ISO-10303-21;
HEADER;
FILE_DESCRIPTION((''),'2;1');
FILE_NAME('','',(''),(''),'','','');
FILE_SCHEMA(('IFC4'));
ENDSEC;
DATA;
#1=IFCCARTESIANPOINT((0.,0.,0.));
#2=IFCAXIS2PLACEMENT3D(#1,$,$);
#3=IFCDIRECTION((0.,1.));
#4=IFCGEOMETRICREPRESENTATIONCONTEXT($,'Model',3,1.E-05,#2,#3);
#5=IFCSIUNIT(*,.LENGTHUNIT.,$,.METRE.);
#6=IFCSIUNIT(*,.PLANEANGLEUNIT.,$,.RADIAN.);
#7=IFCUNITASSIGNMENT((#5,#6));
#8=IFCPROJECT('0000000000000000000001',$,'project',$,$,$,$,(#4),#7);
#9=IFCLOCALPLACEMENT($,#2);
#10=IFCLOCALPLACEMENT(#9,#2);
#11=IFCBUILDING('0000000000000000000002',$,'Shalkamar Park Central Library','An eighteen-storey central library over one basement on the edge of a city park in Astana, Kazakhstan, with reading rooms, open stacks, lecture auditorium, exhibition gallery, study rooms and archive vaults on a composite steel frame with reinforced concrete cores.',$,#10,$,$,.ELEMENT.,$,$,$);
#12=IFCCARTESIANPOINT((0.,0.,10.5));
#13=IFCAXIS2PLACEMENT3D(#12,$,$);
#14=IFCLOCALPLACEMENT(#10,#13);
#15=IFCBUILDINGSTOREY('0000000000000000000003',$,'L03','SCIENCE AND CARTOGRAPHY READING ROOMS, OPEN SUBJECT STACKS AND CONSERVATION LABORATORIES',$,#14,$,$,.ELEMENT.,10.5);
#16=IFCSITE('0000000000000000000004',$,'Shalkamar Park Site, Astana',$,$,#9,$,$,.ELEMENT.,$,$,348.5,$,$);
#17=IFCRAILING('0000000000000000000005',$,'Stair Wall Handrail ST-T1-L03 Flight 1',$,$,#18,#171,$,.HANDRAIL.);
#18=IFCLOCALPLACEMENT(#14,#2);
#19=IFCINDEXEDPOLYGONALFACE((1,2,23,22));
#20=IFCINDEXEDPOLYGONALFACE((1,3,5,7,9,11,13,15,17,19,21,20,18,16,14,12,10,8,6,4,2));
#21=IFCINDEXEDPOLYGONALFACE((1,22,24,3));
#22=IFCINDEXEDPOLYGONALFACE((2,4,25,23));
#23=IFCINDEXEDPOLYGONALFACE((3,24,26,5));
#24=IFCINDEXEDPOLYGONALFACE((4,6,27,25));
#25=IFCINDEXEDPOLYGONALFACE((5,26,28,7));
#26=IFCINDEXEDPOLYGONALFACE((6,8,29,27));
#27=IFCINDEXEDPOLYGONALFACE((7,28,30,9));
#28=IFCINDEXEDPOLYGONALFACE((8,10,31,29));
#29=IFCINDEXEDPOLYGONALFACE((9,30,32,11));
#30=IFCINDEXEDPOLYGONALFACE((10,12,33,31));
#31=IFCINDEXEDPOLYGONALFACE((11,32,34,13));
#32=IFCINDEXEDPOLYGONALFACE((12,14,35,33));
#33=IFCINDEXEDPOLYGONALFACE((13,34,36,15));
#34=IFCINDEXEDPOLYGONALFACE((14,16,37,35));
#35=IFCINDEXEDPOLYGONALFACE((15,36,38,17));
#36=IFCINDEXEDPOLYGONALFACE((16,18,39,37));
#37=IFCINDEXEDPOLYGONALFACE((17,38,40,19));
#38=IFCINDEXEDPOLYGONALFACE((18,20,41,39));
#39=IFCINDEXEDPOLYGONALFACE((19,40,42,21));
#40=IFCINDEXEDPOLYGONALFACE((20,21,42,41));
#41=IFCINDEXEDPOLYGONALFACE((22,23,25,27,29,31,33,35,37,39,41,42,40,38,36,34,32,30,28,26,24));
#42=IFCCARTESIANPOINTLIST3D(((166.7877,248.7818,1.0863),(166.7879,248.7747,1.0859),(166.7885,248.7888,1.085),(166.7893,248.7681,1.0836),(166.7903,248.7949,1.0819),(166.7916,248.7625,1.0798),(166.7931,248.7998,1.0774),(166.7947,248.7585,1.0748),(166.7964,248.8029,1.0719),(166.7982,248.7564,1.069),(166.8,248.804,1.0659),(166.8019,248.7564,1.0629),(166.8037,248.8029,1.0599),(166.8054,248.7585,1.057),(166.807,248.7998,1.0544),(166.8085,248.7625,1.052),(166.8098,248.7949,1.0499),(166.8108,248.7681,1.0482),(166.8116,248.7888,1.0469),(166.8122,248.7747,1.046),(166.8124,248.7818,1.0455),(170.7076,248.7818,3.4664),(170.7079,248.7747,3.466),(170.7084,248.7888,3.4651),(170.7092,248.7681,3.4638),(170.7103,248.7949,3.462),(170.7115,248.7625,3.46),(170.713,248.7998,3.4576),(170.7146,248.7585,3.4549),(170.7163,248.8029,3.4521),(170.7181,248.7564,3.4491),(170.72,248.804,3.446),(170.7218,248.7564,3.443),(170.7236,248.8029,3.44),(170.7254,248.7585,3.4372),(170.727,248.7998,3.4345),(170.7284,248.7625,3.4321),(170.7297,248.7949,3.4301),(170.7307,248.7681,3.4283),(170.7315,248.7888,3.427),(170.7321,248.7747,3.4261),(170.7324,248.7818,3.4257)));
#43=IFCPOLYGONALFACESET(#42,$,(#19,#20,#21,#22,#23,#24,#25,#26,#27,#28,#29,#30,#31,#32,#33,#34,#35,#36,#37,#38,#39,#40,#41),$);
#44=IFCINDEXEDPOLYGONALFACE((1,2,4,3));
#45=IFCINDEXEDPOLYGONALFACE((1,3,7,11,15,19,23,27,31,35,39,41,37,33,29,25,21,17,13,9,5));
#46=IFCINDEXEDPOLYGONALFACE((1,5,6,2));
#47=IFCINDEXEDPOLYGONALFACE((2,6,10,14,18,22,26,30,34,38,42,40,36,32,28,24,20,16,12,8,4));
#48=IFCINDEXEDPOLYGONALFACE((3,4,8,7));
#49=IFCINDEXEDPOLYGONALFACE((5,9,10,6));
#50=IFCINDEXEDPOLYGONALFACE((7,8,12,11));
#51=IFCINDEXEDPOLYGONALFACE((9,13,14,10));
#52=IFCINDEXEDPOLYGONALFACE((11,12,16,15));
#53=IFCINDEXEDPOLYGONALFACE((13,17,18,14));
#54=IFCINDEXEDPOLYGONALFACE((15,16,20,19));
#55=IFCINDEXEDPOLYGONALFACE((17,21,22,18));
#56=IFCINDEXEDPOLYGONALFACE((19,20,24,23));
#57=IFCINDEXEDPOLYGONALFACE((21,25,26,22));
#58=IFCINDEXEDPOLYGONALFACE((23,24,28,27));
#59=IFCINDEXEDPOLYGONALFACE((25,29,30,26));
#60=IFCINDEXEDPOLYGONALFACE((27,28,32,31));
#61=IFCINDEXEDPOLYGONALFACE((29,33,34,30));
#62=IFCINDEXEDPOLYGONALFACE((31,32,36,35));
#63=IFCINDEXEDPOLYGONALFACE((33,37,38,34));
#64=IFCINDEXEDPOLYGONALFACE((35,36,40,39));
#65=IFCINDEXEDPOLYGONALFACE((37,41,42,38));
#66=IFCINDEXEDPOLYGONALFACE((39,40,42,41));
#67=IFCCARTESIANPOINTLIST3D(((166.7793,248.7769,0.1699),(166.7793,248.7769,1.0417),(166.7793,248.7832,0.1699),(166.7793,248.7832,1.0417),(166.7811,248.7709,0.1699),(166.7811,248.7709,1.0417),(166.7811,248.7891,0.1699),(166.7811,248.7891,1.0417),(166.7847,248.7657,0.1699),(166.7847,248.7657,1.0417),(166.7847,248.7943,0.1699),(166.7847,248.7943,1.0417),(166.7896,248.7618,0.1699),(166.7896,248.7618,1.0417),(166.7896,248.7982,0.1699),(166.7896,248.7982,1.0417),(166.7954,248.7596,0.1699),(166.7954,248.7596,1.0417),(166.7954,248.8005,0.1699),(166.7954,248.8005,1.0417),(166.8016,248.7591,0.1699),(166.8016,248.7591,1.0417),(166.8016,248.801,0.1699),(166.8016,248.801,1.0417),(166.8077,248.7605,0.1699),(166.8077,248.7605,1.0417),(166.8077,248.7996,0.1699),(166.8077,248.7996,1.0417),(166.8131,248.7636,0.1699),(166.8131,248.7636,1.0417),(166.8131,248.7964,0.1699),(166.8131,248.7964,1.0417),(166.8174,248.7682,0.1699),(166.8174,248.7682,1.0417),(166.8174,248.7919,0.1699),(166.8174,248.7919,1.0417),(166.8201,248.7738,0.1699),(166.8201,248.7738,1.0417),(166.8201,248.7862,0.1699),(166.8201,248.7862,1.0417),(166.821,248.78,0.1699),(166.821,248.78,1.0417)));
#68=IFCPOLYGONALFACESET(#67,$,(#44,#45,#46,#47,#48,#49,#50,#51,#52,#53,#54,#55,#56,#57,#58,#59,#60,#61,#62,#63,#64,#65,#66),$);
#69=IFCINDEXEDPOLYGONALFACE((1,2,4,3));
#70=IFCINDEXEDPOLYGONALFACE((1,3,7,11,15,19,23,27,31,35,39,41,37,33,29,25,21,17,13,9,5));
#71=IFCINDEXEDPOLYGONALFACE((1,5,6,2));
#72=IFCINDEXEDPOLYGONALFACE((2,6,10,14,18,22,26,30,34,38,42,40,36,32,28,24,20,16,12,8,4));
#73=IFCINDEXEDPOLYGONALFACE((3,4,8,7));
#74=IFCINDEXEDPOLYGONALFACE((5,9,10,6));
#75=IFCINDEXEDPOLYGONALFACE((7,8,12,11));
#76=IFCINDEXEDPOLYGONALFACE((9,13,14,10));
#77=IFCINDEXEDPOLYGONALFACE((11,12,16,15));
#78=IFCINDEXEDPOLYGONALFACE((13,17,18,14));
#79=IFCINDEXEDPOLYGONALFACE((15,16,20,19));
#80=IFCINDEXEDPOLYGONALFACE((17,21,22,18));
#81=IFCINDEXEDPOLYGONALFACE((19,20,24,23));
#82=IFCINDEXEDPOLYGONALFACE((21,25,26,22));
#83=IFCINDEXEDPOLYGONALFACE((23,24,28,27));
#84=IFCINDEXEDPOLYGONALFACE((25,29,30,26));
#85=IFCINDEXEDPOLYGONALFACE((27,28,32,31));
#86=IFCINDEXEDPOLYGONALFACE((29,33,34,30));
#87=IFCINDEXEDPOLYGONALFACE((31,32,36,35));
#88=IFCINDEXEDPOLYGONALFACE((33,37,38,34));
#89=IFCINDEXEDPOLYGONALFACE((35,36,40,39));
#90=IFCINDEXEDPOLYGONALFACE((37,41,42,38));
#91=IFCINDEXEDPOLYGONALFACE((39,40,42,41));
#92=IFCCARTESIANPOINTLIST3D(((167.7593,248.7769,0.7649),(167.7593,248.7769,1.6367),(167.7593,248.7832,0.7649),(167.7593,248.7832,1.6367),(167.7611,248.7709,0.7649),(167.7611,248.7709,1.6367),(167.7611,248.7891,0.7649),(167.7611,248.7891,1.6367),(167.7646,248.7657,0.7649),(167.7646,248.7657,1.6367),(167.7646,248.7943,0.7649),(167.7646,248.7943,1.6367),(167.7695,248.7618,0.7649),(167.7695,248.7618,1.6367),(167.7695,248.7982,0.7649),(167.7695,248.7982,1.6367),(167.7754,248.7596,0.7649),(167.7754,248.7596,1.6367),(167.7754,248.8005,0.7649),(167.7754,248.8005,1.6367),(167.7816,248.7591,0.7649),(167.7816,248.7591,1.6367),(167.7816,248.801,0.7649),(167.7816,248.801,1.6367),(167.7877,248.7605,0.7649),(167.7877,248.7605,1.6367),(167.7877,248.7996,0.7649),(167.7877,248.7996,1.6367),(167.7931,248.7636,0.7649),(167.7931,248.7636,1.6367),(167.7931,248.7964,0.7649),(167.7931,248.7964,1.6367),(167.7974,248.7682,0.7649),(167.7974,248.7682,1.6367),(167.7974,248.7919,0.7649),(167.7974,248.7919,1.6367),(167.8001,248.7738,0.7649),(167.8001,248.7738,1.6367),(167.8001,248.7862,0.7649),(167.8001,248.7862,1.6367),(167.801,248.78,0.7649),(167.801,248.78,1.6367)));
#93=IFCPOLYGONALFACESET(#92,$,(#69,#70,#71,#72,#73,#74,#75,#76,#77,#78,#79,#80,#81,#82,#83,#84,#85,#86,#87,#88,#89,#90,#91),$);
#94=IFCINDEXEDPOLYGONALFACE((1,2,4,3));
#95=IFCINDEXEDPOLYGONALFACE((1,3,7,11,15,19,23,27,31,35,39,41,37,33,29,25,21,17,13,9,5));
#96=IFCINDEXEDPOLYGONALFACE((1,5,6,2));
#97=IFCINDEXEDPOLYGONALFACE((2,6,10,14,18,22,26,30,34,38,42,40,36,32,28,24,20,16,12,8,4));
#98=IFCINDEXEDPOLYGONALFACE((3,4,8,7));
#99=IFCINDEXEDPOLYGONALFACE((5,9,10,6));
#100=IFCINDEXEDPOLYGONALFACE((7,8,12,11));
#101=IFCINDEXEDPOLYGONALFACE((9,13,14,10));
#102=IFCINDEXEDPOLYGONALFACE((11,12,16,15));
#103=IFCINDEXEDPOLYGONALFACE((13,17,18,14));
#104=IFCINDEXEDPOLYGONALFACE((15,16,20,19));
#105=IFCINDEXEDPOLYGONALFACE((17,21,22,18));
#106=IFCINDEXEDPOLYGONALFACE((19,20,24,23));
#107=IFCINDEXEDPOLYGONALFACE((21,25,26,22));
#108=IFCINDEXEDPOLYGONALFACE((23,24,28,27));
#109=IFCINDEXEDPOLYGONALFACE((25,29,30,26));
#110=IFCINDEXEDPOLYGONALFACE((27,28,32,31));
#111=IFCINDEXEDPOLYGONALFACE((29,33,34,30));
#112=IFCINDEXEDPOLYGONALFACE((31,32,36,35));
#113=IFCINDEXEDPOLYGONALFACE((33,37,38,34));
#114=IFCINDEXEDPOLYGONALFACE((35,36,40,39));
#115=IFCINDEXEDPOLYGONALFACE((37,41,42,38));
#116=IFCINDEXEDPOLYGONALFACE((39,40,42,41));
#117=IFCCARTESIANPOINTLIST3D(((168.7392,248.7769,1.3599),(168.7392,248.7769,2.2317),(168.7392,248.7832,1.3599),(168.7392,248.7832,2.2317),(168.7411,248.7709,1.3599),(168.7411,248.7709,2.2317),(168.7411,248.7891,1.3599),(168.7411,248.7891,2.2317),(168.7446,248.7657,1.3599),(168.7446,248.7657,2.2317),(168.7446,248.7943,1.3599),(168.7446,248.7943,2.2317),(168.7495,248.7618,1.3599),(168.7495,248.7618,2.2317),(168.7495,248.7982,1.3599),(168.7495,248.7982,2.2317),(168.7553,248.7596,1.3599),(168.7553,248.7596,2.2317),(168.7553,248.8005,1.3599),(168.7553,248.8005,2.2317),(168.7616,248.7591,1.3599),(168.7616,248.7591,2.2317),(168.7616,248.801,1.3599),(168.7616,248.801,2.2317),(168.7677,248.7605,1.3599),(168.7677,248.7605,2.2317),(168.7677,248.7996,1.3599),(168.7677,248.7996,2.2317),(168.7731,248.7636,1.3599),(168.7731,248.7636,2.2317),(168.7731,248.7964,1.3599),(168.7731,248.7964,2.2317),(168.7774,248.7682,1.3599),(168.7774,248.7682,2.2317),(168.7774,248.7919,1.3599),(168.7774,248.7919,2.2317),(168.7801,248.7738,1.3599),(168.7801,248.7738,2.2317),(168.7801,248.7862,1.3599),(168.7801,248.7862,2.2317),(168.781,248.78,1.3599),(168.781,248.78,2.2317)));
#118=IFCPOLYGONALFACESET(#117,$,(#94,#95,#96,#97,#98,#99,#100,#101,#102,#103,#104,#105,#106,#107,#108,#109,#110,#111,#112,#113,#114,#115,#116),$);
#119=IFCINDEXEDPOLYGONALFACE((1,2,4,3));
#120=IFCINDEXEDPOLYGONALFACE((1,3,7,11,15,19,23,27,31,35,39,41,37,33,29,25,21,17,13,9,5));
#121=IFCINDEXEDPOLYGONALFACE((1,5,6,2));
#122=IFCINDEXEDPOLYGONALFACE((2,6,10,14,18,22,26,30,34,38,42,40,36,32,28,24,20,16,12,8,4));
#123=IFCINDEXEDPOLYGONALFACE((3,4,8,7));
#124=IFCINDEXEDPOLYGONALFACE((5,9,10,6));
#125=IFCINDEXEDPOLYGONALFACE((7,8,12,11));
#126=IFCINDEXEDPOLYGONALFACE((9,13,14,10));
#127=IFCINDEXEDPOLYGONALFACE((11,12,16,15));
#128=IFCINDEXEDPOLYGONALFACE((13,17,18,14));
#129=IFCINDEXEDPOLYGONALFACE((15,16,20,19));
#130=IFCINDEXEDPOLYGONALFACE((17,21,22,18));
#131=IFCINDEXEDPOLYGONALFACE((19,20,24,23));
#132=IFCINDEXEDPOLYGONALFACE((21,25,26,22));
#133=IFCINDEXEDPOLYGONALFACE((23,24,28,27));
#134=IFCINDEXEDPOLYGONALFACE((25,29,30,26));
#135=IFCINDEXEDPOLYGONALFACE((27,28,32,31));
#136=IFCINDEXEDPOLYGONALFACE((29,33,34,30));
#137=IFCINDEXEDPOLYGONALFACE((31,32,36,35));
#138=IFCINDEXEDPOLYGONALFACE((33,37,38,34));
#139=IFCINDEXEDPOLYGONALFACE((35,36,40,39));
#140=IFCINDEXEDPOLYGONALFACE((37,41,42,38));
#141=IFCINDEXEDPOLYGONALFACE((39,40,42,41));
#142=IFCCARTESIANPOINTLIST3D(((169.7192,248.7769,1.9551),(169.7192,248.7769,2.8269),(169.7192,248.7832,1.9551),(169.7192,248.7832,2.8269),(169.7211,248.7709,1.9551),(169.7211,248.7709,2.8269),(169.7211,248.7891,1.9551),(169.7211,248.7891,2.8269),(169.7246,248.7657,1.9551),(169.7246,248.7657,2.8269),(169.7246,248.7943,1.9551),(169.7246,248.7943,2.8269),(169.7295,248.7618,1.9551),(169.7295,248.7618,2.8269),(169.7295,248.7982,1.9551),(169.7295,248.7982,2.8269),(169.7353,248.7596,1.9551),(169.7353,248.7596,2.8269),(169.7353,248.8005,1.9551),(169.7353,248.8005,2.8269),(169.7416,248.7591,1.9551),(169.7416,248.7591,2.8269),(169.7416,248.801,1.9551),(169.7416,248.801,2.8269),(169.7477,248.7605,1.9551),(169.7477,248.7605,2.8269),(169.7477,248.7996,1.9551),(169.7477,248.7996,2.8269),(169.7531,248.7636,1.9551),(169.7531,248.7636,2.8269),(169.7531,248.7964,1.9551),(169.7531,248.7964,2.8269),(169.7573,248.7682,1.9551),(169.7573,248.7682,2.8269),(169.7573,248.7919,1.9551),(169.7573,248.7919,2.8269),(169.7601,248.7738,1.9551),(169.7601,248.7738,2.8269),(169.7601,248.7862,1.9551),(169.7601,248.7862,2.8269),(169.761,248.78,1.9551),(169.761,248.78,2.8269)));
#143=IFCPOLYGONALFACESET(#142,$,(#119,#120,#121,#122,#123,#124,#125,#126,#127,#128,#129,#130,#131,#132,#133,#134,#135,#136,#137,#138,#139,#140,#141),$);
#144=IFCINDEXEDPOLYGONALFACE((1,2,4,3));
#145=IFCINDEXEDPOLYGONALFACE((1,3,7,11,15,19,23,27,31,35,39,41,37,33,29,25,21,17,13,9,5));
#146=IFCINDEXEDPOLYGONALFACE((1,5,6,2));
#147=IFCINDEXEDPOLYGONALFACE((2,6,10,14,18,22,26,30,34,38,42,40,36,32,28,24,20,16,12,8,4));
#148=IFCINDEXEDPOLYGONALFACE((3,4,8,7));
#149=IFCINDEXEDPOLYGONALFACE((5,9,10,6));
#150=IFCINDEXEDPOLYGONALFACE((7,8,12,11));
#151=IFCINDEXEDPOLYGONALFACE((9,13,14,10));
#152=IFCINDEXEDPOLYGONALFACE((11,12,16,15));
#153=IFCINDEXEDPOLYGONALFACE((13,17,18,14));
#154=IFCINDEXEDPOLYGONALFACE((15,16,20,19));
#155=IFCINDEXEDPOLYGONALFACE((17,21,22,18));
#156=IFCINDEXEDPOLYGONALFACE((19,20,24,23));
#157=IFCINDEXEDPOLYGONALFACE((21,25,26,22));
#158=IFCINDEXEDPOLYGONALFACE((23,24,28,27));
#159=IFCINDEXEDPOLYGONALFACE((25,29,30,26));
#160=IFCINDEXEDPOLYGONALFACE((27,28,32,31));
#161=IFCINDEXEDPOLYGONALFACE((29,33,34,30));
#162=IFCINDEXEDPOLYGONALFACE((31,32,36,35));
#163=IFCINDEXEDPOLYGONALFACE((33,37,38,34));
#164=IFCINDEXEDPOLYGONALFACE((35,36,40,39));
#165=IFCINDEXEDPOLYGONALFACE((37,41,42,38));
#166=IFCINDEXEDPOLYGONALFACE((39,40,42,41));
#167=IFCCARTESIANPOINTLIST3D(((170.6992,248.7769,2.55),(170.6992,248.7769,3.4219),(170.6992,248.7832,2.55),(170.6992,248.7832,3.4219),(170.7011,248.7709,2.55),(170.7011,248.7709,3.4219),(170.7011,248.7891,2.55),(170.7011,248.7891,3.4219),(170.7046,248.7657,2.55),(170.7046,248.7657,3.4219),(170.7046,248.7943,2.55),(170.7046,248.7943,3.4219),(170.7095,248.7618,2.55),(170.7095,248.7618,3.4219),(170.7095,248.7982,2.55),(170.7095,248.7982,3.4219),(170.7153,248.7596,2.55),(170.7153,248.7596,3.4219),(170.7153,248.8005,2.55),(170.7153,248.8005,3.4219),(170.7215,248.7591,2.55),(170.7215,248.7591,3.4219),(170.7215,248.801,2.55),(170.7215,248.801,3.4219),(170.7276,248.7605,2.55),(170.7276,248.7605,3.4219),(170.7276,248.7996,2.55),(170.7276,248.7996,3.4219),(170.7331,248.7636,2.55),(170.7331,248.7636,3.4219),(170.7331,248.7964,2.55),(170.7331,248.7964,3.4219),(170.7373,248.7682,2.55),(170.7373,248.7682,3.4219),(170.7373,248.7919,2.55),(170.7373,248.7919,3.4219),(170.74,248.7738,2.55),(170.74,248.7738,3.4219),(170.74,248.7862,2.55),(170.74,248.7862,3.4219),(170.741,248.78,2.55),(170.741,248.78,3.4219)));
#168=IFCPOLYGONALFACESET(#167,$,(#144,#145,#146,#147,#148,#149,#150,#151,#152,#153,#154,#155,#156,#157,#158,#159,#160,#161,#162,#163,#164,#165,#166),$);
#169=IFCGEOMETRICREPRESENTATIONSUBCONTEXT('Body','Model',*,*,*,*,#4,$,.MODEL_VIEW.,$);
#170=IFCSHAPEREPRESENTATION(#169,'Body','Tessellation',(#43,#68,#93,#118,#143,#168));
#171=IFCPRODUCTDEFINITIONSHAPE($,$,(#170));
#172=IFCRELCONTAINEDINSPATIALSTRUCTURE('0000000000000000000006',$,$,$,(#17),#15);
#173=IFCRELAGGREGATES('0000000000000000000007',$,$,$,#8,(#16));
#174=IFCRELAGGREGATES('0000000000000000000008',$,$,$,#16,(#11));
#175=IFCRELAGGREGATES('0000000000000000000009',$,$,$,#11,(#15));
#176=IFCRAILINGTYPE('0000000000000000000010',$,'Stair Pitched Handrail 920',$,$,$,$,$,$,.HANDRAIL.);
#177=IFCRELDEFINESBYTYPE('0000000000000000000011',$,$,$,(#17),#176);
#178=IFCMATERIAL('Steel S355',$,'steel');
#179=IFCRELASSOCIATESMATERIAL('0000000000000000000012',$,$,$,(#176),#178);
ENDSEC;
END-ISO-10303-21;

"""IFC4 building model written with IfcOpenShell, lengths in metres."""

from ifc_helpers import new_model, si_unit, direction, frame, origin, origin_2d, place, context, subcontext, project, spatial, circle, extrude, material, type_object, element, save


model = new_model("IFC4")

# Units and contexts
model_context = context("Model", 3, precision=1e-05, world=origin(), true_north=direction((0.0, 1.0)))
body_context = subcontext(model_context, "Body", "Model", "MODEL_VIEW")
ifc_project = project(units=[si_unit("LENGTHUNIT", "METRE"), si_unit("PLANEANGLEUNIT", "RADIAN")], contexts=[model_context])

# Site, building, storey
site_placement = place(None, origin())
site = spatial("IfcSite", under=ifc_project, at=site_placement, Name="Shalkamar Park Site, Astana", CompositionType="ELEMENT", RefElevation=348.5)
building_placement = place(site_placement, origin())
building = spatial("IfcBuilding", under=site, at=building_placement, Name="Shalkamar Park Central Library", Description="An eighteen-storey central library over one basement on the edge of a city park in Astana, Kazakhstan, with reading rooms, open stacks, lecture auditorium, exhibition gallery, study rooms and archive vaults on a composite steel frame with reinforced concrete cores.", CompositionType="ELEMENT")
storey_placement = place(building_placement, frame((0.0, 0.0, 10.5)))
storey = spatial("IfcBuildingStorey", under=building, at=storey_placement, Name="L03", Description="SCIENCE AND CARTOGRAPHY READING ROOMS, OPEN SUBJECT STACKS AND CONSERVATION LABORATORIES", CompositionType="ELEMENT", Elevation=10.5)

# Shared definitions
ifc_material_1 = material(Name="Steel S355", Category="steel")

# Railing
railing_type_1 = type_object("IfcRailingType", Name="Stair Pitched Handrail 920", PredefinedType="HANDRAIL", material=ifc_material_1)
railing_1_placement = place(storey_placement, frame((166.8, 248.78, 0.1699)))
element("IfcRailing", 1, at=railing_1_placement, inside=storey, type_object=railing_type_1, Name="Stair Wall Handrail ST-T1-L03 Flight 1", PredefinedType="HANDRAIL", context=body_context, shape_type="SweptSolid", body=[
    extrude(circle(Radius=0.0239, at=origin_2d()), frame((0.0, 0.0, 0.896), z_axis=(0.854771, 0.0, 0.519006), x_axis=(0.0, 1.0, 0.0)), (0.0, 0.0, 1.0), 4.5859),
    extrude(circle(Radius=0.021, at=origin_2d()), origin(), (0.0, 0.0, 1.0), 0.8718),
    extrude(circle(Radius=0.021, at=origin_2d()), frame((0.98, 0.0, 0.595)), (0.0, 0.0, 1.0), 0.8718),
    extrude(circle(Radius=0.021, at=origin_2d()), frame((1.96, 0.0, 1.1899)), (0.0, 0.0, 1.0), 0.8718),
    extrude(circle(Radius=0.021, at=origin_2d()), frame((2.9399, 0.0, 1.7852)), (0.0, 0.0, 1.0), 0.8718),
    extrude(circle(Radius=0.021, at=origin_2d()), frame((3.9199, 0.0, 2.3801)), (0.0, 0.0, 1.0), 0.8718),
])

save(model, "model.ifc")
